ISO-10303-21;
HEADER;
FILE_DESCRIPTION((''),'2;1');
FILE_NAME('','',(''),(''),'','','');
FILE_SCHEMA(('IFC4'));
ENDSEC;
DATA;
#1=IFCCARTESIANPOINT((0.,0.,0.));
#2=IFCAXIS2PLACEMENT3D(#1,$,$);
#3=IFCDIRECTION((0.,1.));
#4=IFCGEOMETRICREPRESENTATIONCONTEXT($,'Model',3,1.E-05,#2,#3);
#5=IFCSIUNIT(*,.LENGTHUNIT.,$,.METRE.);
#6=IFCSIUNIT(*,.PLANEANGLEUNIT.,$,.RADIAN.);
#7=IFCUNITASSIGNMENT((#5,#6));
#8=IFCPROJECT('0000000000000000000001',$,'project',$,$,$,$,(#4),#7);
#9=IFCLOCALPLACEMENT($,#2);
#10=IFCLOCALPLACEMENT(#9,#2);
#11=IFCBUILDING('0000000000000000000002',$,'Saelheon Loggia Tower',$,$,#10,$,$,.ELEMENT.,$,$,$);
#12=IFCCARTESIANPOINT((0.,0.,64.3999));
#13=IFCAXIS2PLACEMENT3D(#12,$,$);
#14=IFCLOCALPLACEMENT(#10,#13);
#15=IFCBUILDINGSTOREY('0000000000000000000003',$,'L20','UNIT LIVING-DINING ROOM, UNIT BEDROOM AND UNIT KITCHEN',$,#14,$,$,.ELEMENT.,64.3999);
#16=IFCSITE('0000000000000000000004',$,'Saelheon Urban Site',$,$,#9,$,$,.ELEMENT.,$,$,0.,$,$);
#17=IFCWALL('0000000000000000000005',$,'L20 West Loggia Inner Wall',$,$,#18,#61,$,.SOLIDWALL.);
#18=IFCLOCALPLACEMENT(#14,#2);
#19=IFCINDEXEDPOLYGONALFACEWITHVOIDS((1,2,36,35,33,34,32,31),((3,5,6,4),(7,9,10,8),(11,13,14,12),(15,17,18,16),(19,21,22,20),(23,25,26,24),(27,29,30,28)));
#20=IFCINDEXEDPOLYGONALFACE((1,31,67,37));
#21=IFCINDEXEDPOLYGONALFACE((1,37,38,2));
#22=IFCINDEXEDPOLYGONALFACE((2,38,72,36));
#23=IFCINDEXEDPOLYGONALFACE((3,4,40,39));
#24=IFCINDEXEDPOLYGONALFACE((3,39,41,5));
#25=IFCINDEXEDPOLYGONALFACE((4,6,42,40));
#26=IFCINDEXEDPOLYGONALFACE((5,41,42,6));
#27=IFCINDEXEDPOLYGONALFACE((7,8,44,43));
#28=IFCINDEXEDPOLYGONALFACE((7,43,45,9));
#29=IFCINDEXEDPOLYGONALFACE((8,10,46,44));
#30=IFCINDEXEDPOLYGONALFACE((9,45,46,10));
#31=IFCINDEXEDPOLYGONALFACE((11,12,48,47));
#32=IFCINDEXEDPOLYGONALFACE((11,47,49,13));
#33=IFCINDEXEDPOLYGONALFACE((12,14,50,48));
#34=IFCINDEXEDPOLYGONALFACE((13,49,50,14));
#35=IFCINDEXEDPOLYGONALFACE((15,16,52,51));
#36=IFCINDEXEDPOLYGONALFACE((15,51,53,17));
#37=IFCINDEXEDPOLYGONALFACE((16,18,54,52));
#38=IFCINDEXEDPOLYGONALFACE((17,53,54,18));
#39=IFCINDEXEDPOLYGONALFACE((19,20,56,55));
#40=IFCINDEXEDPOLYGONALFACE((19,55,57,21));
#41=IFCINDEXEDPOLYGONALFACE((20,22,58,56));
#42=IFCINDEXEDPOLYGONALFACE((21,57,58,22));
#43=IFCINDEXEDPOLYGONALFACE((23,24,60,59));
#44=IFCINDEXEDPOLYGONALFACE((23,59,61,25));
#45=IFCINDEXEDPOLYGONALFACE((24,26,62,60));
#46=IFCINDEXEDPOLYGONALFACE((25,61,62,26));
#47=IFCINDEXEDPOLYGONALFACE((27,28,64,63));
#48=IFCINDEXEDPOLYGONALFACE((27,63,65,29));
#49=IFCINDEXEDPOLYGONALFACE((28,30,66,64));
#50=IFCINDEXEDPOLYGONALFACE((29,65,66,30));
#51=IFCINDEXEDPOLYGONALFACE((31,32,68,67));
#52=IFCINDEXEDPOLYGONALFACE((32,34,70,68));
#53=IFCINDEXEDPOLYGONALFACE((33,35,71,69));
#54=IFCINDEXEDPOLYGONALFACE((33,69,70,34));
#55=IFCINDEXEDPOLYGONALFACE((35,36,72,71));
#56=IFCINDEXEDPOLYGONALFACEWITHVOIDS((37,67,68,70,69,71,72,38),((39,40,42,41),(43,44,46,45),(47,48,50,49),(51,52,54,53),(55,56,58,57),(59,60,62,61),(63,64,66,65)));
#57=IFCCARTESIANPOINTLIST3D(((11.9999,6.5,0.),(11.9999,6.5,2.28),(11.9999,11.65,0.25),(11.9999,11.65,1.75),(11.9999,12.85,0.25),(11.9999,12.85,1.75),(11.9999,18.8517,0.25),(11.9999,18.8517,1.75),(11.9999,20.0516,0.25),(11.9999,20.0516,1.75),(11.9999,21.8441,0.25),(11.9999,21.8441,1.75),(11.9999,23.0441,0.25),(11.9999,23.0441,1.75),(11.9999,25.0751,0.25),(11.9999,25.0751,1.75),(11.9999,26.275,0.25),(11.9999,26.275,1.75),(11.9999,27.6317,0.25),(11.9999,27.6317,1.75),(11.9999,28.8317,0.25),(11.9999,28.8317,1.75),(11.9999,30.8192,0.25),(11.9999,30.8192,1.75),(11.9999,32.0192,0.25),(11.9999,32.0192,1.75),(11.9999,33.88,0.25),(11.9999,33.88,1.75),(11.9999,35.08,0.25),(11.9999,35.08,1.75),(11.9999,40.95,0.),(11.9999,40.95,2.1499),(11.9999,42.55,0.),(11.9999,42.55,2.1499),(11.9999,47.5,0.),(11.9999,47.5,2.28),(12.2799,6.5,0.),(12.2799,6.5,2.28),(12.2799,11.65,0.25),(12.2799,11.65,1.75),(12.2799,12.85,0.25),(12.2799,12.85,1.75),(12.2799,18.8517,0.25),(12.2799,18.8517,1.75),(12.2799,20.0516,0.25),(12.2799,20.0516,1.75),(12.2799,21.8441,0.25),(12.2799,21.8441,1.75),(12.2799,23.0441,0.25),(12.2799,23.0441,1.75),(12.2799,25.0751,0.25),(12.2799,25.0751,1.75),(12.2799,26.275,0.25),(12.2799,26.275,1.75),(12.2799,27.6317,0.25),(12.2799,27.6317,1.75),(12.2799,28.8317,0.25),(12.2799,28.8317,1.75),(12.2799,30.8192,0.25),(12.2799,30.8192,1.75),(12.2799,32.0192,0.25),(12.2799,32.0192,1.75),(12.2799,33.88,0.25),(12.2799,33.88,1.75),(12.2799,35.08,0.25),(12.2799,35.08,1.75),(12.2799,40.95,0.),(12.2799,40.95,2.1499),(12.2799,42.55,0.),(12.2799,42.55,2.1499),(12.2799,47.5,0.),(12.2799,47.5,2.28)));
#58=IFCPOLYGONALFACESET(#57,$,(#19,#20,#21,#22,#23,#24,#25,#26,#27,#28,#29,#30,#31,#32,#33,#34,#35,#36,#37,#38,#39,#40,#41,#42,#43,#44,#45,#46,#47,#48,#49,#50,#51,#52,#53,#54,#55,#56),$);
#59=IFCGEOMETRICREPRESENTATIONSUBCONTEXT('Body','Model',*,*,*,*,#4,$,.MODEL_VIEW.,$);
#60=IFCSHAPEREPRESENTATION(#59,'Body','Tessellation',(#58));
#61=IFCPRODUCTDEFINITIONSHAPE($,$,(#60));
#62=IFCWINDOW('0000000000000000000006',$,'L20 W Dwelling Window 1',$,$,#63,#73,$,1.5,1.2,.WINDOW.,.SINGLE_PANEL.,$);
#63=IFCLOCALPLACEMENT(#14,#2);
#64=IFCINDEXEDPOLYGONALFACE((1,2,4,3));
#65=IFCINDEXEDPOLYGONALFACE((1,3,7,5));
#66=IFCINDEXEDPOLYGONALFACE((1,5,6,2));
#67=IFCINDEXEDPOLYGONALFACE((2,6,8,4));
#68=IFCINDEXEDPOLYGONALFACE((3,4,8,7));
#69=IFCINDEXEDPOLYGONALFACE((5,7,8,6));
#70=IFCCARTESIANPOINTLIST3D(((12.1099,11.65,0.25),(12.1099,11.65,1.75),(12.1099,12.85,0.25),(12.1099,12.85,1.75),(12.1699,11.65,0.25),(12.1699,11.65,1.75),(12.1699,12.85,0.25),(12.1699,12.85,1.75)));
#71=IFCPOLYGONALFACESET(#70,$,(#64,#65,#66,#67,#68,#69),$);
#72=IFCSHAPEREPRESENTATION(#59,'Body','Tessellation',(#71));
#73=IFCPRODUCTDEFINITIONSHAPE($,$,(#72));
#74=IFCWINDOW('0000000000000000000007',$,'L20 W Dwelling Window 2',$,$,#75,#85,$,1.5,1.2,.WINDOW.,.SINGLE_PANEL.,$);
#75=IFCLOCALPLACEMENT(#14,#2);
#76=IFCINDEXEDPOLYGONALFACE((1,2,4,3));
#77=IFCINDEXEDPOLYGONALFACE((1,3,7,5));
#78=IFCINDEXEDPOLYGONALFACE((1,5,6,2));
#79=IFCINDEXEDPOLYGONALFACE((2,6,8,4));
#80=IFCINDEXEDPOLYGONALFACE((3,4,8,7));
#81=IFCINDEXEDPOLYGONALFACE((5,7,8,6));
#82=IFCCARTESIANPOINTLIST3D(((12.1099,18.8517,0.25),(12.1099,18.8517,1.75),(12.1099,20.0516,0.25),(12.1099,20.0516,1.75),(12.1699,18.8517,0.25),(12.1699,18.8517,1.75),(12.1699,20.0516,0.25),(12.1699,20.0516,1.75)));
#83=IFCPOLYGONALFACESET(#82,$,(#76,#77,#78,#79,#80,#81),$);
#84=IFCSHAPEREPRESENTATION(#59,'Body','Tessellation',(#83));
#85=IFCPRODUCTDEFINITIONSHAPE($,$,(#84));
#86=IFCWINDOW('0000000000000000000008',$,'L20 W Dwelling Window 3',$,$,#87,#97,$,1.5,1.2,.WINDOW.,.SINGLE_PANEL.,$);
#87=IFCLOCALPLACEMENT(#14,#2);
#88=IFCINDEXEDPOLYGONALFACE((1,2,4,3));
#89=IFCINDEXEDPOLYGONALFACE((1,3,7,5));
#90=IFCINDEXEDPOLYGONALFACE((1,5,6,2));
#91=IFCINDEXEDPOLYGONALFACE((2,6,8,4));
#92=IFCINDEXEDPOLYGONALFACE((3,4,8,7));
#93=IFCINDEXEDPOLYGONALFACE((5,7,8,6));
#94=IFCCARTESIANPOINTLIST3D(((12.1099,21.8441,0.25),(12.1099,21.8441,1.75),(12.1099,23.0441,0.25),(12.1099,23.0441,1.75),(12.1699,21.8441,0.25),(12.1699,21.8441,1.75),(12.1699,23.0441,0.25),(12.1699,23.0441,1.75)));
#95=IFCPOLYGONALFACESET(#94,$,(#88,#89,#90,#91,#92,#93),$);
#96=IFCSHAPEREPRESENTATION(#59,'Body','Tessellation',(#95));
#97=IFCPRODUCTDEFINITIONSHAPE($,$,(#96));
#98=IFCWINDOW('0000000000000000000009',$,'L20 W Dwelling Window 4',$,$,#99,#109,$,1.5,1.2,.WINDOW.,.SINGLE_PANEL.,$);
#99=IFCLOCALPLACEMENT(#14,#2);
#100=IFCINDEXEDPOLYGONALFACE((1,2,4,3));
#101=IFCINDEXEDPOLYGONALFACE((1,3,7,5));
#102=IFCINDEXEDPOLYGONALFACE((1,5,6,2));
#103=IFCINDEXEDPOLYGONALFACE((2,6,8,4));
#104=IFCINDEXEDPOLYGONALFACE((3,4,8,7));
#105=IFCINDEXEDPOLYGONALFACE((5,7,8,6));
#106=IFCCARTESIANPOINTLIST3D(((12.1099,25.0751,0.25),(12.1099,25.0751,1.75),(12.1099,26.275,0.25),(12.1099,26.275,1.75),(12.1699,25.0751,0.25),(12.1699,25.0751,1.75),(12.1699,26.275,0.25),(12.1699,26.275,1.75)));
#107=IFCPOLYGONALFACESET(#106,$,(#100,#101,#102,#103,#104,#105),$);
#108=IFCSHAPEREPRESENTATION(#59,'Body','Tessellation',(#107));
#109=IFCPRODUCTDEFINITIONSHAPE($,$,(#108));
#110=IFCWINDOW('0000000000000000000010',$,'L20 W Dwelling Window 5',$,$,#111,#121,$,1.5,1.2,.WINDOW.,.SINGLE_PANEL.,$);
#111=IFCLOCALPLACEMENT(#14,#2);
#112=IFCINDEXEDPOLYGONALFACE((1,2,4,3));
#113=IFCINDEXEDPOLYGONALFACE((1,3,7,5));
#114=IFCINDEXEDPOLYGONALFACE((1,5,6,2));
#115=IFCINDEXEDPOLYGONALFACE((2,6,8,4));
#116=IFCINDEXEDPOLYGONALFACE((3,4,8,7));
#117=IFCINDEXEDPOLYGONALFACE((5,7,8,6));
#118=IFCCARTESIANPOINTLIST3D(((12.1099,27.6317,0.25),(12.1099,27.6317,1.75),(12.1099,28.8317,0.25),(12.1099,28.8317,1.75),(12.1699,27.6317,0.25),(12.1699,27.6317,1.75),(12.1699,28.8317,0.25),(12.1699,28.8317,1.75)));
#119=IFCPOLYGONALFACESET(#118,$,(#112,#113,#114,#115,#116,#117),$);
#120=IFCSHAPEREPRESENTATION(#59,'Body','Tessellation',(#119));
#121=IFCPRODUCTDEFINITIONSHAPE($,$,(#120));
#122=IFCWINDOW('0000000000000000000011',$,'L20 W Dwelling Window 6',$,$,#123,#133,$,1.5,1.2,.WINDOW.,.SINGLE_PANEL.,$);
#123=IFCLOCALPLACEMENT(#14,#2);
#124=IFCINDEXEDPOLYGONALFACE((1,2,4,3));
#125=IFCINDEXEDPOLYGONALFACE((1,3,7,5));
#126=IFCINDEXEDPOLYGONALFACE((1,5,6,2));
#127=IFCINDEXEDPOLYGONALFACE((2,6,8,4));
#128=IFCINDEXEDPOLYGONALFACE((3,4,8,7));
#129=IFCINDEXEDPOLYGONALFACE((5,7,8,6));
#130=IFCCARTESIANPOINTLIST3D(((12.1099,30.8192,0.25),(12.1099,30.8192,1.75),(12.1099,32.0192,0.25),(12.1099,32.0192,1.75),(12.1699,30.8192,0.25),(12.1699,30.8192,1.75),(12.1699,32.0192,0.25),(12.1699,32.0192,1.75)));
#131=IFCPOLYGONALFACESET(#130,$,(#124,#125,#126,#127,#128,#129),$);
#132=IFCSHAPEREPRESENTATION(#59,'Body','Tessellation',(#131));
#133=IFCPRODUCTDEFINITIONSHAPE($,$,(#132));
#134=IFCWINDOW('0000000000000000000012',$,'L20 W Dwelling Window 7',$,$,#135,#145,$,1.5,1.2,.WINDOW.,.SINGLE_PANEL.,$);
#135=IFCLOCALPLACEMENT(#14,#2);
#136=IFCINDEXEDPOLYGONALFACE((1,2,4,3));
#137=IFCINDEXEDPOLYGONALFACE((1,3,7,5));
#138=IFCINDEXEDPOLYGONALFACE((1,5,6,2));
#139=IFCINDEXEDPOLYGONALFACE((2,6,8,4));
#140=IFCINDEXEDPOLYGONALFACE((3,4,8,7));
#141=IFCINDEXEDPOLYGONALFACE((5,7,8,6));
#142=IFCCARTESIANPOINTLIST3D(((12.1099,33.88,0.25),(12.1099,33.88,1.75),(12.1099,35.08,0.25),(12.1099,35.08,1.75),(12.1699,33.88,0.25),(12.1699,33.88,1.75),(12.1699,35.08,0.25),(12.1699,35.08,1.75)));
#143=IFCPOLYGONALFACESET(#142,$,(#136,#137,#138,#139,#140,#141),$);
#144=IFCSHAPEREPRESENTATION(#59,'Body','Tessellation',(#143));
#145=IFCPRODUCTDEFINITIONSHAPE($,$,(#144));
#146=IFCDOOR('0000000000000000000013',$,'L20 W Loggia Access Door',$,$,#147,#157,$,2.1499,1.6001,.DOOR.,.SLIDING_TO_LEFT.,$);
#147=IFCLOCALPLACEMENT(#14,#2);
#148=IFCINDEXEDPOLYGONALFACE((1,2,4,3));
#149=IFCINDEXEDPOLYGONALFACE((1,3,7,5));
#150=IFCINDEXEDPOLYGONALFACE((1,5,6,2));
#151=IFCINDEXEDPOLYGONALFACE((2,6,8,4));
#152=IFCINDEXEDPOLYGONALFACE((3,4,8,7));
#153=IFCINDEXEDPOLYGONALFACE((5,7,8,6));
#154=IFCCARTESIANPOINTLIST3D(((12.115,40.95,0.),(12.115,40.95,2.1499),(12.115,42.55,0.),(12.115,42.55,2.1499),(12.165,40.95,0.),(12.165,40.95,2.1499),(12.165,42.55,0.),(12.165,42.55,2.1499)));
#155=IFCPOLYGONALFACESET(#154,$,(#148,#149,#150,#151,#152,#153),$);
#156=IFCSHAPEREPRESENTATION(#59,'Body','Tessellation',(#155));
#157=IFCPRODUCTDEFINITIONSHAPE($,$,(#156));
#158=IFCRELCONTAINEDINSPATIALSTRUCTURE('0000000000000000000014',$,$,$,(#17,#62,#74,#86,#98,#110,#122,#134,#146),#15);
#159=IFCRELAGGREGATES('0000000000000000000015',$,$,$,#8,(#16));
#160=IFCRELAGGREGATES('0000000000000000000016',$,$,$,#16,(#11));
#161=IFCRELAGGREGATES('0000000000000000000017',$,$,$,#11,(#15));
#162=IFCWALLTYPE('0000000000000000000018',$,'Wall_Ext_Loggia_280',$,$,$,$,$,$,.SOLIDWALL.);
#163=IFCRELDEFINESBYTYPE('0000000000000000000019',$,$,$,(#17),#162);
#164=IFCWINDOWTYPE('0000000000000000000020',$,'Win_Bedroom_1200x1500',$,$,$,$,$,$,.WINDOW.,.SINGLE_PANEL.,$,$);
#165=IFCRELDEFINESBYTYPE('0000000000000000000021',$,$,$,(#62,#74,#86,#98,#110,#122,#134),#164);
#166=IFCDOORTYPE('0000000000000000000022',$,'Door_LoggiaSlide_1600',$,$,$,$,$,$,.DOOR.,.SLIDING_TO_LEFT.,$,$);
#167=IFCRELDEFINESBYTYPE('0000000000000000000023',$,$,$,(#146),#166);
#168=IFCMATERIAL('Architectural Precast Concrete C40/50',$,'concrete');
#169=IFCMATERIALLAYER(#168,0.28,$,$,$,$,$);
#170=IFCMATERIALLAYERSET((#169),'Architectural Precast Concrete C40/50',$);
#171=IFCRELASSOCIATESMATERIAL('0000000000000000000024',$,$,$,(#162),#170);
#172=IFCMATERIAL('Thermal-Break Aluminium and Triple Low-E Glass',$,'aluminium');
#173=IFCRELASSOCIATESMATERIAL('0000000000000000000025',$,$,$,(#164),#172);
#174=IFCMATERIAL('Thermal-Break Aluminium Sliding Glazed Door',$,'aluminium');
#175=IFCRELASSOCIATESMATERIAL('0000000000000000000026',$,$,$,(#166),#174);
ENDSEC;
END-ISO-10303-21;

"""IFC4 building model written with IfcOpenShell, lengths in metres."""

from ifc_helpers import new_model, si_unit, direction, frame, frame_2d, origin, place, context, subcontext, project, spatial, rectangle, extrude, source, transform, mapped, material, layer, layer_set, type_object, element, fill, save


model = new_model("IFC4")

# Units and contexts
model_context = context("Model", 3, precision=1e-05, world=origin(), true_north=direction((0.0, 1.0)))
body_context = subcontext(model_context, "Body", "Model", "MODEL_VIEW")
ifc_project = project(units=[si_unit("LENGTHUNIT", "METRE"), si_unit("PLANEANGLEUNIT", "RADIAN")], contexts=[model_context])

# Site, building, storey
site_placement = place(None, origin())
site = spatial("IfcSite", under=ifc_project, at=site_placement, Name="Saelheon Urban Site", CompositionType="ELEMENT", RefElevation=0.0)
building_placement = place(site_placement, origin())
building = spatial("IfcBuilding", under=site, at=building_placement, Name="Saelheon Loggia Tower", CompositionType="ELEMENT")
storey_placement = place(building_placement, frame((0.0, 0.0, 64.3999)))
storey = spatial("IfcBuildingStorey", under=building, at=storey_placement, Name="L20", Description="UNIT LIVING-DINING ROOM, UNIT BEDROOM AND UNIT KITCHEN", CompositionType="ELEMENT", Elevation=64.3999)

# Wall, openings, windows, door
ifc_material_1 = material(Name="Architectural Precast Concrete C40/50", Category="concrete")
ifc_layer_1 = layer(ifc_material_1, 0.28)
ifc_layer_set_1 = layer_set([ifc_layer_1], Name="Architectural Precast Concrete C40/50")
wall_type_1 = type_object("IfcWallType", Name="Wall_Ext_Loggia_280", PredefinedType="SOLIDWALL", material=ifc_layer_set_1)
wall_1_placement = place(storey_placement, frame((12.1399, 6.5, 0.0), z_axis=(0.0, 0.0, 1.0), x_axis=(0.0, 1.0, 0.0)))
wall_1 = element("IfcWall", 1, at=wall_1_placement, inside=storey, type_object=wall_type_1, Name="L20 West Loggia Inner Wall", PredefinedType="SOLIDWALL", context=body_context, shape_type="SweptSolid", body=[
    extrude(rectangle(XDim=41.0, YDim=0.28, at=frame_2d((20.5, 0.0))), origin(), (0.0, 0.0, 1.0), 2.28),
])
opening_1_placement = place(wall_1_placement, frame((5.1499, 0.0, 0.25)))
opening_1 = element("IfcOpeningElement", 2, at=opening_1_placement, cuts=wall_1, PredefinedType="OPENING", context=body_context, shape_type="SweptSolid", body=[
    extrude(rectangle(XDim=1.2, YDim=1.5, at=frame_2d((0.6001, 0.75))), frame((0.0, 0.1521, 0.0), z_axis=(0.0, -1.0, 0.0), x_axis=(1.0, 0.0, 0.0)), (0.0, 0.0, 1.0), 0.304),
])
opening_2_placement = place(wall_1_placement, frame((12.3516, 0.0, 0.25)))
opening_2 = element("IfcOpeningElement", 3, at=opening_2_placement, cuts=wall_1, PredefinedType="OPENING", context=body_context, shape_type="SweptSolid", body=[
    extrude(rectangle(XDim=1.2, YDim=1.5, at=frame_2d((0.6001, 0.75))), frame((0.0, 0.1521, 0.0), z_axis=(0.0, -1.0, 0.0), x_axis=(1.0, 0.0, 0.0)), (0.0, 0.0, 1.0), 0.304),
])
opening_3_placement = place(wall_1_placement, frame((15.344, 0.0, 0.25)))
opening_3 = element("IfcOpeningElement", 4, at=opening_3_placement, cuts=wall_1, PredefinedType="OPENING", context=body_context, shape_type="SweptSolid", body=[
    extrude(rectangle(XDim=1.2, YDim=1.5, at=frame_2d((0.6001, 0.75))), frame((0.0, 0.1521, 0.0), z_axis=(0.0, -1.0, 0.0), x_axis=(1.0, 0.0, 0.0)), (0.0, 0.0, 1.0), 0.304),
])
opening_4_placement = place(wall_1_placement, frame((18.575, 0.0, 0.25)))
opening_4 = element("IfcOpeningElement", 5, at=opening_4_placement, cuts=wall_1, PredefinedType="OPENING", context=body_context, shape_type="SweptSolid", body=[
    extrude(rectangle(XDim=1.2, YDim=1.5, at=frame_2d((0.6001, 0.75))), frame((0.0, 0.1521, 0.0), z_axis=(0.0, -1.0, 0.0), x_axis=(1.0, 0.0, 0.0)), (0.0, 0.0, 1.0), 0.304),
])
opening_5_placement = place(wall_1_placement, frame((21.1316, 0.0, 0.25)))
opening_5 = element("IfcOpeningElement", 6, at=opening_5_placement, cuts=wall_1, PredefinedType="OPENING", context=body_context, shape_type="SweptSolid", body=[
    extrude(rectangle(XDim=1.2, YDim=1.5, at=frame_2d((0.6001, 0.75))), frame((0.0, 0.1521, 0.0), z_axis=(0.0, -1.0, 0.0), x_axis=(1.0, 0.0, 0.0)), (0.0, 0.0, 1.0), 0.304),
])
opening_6_placement = place(wall_1_placement, frame((24.3191, 0.0, 0.25)))
opening_6 = element("IfcOpeningElement", 7, at=opening_6_placement, cuts=wall_1, PredefinedType="OPENING", context=body_context, shape_type="SweptSolid", body=[
    extrude(rectangle(XDim=1.2, YDim=1.5, at=frame_2d((0.6001, 0.75))), frame((0.0, 0.1521, 0.0), z_axis=(0.0, -1.0, 0.0), x_axis=(1.0, 0.0, 0.0)), (0.0, 0.0, 1.0), 0.304),
])
opening_7_placement = place(wall_1_placement, frame((27.3799, 0.0, 0.25)))
opening_7 = element("IfcOpeningElement", 8, at=opening_7_placement, cuts=wall_1, PredefinedType="OPENING", context=body_context, shape_type="SweptSolid", body=[
    extrude(rectangle(XDim=1.2, YDim=1.5, at=frame_2d((0.6001, 0.75))), frame((0.0, 0.1521, 0.0), z_axis=(0.0, -1.0, 0.0), x_axis=(1.0, 0.0, 0.0)), (0.0, 0.0, 1.0), 0.304),
])
opening_8_placement = place(wall_1_placement, frame((34.45, 0.0, 0.0)))
opening_8 = element("IfcOpeningElement", 9, at=opening_8_placement, cuts=wall_1, PredefinedType="OPENING", context=body_context, shape_type="SweptSolid", body=[
    extrude(rectangle(XDim=1.6001, YDim=2.1499, at=frame_2d((0.8, 1.075))), frame((0.0, 0.1521, 0.0), z_axis=(0.0, -1.0, 0.0), x_axis=(1.0, 0.0, 0.0)), (0.0, 0.0, 1.0), 0.304),
])
ifc_material_2 = material(Name="Thermal-Break Aluminium and Triple Low-E Glass", Category="aluminium")
window_type = type_object("IfcWindowType", Name="Win_Bedroom_1200x1500", PartitioningType="SINGLE_PANEL", PredefinedType="WINDOW", material=ifc_material_2)
shared_shape_1 = source(origin(), body_context, "Body", "SweptSolid", [
    extrude(rectangle(XDim=1.2, YDim=1.5, at=frame_2d((0.6001, 0.75))), frame((0.0, 0.03, 0.0), z_axis=(0.0, -1.0, 0.0), x_axis=(1.0, 0.0, 0.0)), (0.0, 0.0, 1.0), 0.0601),
])
window_1_placement = place(opening_1_placement, origin())
window_1 = element("IfcWindow", 10, at=window_1_placement, inside=storey, type_object=window_type, Name="L20 W Dwelling Window 1", OverallHeight=1.5, OverallWidth=1.2, PartitioningType="SINGLE_PANEL", PredefinedType="WINDOW", context=body_context, shape_type="MappedRepresentation", body=[
    mapped(shared_shape_1, transform((0.0, 0.0, 0.0), scale=1.0)),
])
fill(opening_1, window_1)
window_2_placement = place(opening_2_placement, origin())
window_2 = element("IfcWindow", 11, at=window_2_placement, inside=storey, type_object=window_type, Name="L20 W Dwelling Window 2", OverallHeight=1.5, OverallWidth=1.2, PartitioningType="SINGLE_PANEL", PredefinedType="WINDOW", context=body_context, shape_type="MappedRepresentation", body=[
    mapped(shared_shape_1, transform((0.0, 0.0, 0.0), scale=1.0)),
])
fill(opening_2, window_2)
window_3_placement = place(opening_3_placement, origin())
window_3 = element("IfcWindow", 12, at=window_3_placement, inside=storey, type_object=window_type, Name="L20 W Dwelling Window 3", OverallHeight=1.5, OverallWidth=1.2, PartitioningType="SINGLE_PANEL", PredefinedType="WINDOW", context=body_context, shape_type="MappedRepresentation", body=[
    mapped(shared_shape_1, transform((0.0, 0.0, 0.0), scale=1.0)),
])
fill(opening_3, window_3)
window_4_placement = place(opening_4_placement, origin())
window_4 = element("IfcWindow", 13, at=window_4_placement, inside=storey, type_object=window_type, Name="L20 W Dwelling Window 4", OverallHeight=1.5, OverallWidth=1.2, PartitioningType="SINGLE_PANEL", PredefinedType="WINDOW", context=body_context, shape_type="MappedRepresentation", body=[
    mapped(shared_shape_1, transform((0.0, 0.0, 0.0), scale=1.0)),
])
fill(opening_4, window_4)
window_5_placement = place(opening_5_placement, origin())
window_5 = element("IfcWindow", 14, at=window_5_placement, inside=storey, type_object=window_type, Name="L20 W Dwelling Window 5", OverallHeight=1.5, OverallWidth=1.2, PartitioningType="SINGLE_PANEL", PredefinedType="WINDOW", context=body_context, shape_type="MappedRepresentation", body=[
    mapped(shared_shape_1, transform((0.0, 0.0, 0.0), scale=1.0)),
])
fill(opening_5, window_5)
window_6_placement = place(opening_6_placement, origin())
window_6 = element("IfcWindow", 15, at=window_6_placement, inside=storey, type_object=window_type, Name="L20 W Dwelling Window 6", OverallHeight=1.5, OverallWidth=1.2, PartitioningType="SINGLE_PANEL", PredefinedType="WINDOW", context=body_context, shape_type="MappedRepresentation", body=[
    mapped(shared_shape_1, transform((0.0, 0.0, 0.0), scale=1.0)),
])
fill(opening_6, window_6)
window_7_placement = place(opening_7_placement, origin())
window_7 = element("IfcWindow", 16, at=window_7_placement, inside=storey, type_object=window_type, Name="L20 W Dwelling Window 7", OverallHeight=1.5, OverallWidth=1.2, PartitioningType="SINGLE_PANEL", PredefinedType="WINDOW", context=body_context, shape_type="MappedRepresentation", body=[
    mapped(shared_shape_1, transform((0.0, 0.0, 0.0), scale=1.0)),
])
fill(opening_7, window_7)
ifc_material_3 = material(Name="Thermal-Break Aluminium Sliding Glazed Door", Category="aluminium")
door_type = type_object("IfcDoorType", Name="Door_LoggiaSlide_1600", OperationType="SLIDING_TO_LEFT", PredefinedType="DOOR", material=ifc_material_3)
shared_shape_2 = source(origin(), body_context, "Body", "SweptSolid", [
    extrude(rectangle(XDim=1.6001, YDim=2.1499, at=frame_2d((0.8, 1.075))), frame((0.0, 0.0249, 0.0), z_axis=(0.0, -1.0, 0.0), x_axis=(1.0, 0.0, 0.0)), (0.0, 0.0, 1.0), 0.05),
])
door_placement = place(opening_8_placement, origin())
door = element("IfcDoor", 17, at=door_placement, inside=storey, type_object=door_type, Name="L20 W Loggia Access Door", OperationType="SLIDING_TO_LEFT", OverallHeight=2.1499, OverallWidth=1.6001, PredefinedType="DOOR", context=body_context, shape_type="MappedRepresentation", body=[
    mapped(shared_shape_2, transform((0.0, 0.0, 0.0), scale=1.0)),
])
fill(opening_8, door)

save(model, "model.ifc")
